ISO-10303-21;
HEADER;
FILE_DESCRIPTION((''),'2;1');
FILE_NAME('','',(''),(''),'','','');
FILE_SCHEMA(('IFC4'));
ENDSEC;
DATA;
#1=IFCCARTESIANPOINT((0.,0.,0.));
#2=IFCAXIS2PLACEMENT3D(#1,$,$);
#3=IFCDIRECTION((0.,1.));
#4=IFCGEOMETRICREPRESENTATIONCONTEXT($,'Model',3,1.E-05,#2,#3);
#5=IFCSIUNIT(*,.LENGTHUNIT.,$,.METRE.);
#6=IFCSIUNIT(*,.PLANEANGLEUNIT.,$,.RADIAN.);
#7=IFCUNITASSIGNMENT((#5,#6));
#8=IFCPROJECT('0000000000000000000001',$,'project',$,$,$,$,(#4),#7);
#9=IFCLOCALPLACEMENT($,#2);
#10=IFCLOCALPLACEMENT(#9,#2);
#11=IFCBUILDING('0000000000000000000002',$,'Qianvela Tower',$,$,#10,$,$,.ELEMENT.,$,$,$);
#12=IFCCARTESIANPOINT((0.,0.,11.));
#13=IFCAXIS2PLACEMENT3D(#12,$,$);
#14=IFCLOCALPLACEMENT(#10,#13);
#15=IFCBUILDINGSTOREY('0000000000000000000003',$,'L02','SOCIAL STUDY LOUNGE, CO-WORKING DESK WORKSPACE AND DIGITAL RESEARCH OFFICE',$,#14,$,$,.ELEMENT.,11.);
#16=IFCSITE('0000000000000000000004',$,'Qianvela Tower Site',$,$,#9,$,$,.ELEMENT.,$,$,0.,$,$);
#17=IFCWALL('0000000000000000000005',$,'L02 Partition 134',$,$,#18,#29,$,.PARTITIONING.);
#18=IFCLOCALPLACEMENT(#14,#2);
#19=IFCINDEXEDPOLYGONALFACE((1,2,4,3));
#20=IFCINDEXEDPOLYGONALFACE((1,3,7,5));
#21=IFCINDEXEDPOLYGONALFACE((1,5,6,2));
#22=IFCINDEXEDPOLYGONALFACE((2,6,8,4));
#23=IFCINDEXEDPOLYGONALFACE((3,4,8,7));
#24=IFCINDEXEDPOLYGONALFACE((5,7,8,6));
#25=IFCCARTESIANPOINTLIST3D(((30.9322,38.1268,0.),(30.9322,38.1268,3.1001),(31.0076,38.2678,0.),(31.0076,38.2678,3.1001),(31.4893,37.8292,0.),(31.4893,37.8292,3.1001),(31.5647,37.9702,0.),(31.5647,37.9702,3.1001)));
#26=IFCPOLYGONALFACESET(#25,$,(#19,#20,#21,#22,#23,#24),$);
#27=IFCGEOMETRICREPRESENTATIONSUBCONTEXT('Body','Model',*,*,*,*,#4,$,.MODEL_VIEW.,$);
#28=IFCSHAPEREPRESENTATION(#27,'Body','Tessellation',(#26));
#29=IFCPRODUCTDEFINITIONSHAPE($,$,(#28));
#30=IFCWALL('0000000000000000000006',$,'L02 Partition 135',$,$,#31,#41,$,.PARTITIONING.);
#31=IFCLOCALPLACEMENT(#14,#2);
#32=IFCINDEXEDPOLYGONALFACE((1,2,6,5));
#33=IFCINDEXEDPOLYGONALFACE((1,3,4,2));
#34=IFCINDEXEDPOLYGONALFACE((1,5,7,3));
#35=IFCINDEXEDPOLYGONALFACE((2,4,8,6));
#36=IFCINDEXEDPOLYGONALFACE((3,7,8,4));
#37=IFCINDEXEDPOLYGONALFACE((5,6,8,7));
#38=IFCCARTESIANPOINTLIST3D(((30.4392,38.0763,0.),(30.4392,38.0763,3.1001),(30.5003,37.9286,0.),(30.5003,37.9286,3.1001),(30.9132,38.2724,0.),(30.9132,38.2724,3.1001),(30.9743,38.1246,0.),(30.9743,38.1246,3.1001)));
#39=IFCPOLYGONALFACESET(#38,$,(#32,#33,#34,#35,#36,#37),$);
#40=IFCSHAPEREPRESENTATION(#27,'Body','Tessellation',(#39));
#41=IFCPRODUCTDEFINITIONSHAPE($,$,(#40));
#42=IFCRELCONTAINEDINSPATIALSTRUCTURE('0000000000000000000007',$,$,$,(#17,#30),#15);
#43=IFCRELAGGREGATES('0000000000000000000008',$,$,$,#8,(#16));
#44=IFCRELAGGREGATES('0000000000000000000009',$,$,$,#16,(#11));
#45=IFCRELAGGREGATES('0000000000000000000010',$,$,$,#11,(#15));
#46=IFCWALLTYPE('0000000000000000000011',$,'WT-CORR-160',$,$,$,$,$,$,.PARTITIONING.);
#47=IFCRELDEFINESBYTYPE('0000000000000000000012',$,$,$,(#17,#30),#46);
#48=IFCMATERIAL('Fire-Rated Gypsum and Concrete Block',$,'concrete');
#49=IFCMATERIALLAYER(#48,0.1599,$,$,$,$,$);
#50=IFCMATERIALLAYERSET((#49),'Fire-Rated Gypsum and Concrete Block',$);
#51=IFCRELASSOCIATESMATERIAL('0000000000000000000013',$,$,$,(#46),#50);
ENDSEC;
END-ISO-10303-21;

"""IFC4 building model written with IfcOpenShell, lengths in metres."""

from ifc_helpers import new_model, si_unit, direction, frame, frame_2d, origin, place, context, subcontext, project, spatial, rectangle, extrude, material, layer, layer_set, type_object, element, save


model = new_model("IFC4")

# Units and contexts
model_context = context("Model", 3, precision=1e-05, world=origin(), true_north=direction((0.0, 1.0)))
body_context = subcontext(model_context, "Body", "Model", "MODEL_VIEW")
ifc_project = project(units=[si_unit("LENGTHUNIT", "METRE"), si_unit("PLANEANGLEUNIT", "RADIAN")], contexts=[model_context])

# Site, building, storey
site_placement = place(None, origin())
site = spatial("IfcSite", under=ifc_project, at=site_placement, Name="Qianvela Tower Site", CompositionType="ELEMENT", RefElevation=0.0)
building_placement = place(site_placement, origin())
building = spatial("IfcBuilding", under=site, at=building_placement, Name="Qianvela Tower", CompositionType="ELEMENT")
storey_placement = place(building_placement, frame((0.0, 0.0, 11.0)))
storey = spatial("IfcBuildingStorey", under=building, at=storey_placement, Name="L02", Description="SOCIAL STUDY LOUNGE, CO-WORKING DESK WORKSPACE AND DIGITAL RESEARCH OFFICE", CompositionType="ELEMENT", Elevation=11.0)

# Shared definitions
ifc_material_1 = material(Name="Fire-Rated Gypsum and Concrete Block", Category="concrete")
ifc_layer_1 = layer(ifc_material_1, 0.1599)
ifc_layer_set_1 = layer_set([ifc_layer_1], Name="Fire-Rated Gypsum and Concrete Block")
wall_type = type_object("IfcWallType", Name="WT-CORR-160", PredefinedType="PARTITIONING", material=ifc_layer_set_1)

# Walls
wall_1_placement = place(storey_placement, frame((31.5271, 37.8997, 0.0), z_axis=(0.0, 0.0, 1.0), x_axis=(-0.882042, 0.47117, 0.0)))
element("IfcWall", 1, at=wall_1_placement, inside=storey, type_object=wall_type, Name="L02 Partition 134", PredefinedType="PARTITIONING", context=body_context, shape_type="SweptSolid", body=[
    extrude(rectangle(XDim=0.6316, YDim=0.1599, at=frame_2d((0.3159, 0.0))), origin(), (0.0, 0.0, 1.0), 3.1001),
])
wall_2_placement = place(storey_placement, frame((30.9436, 38.1985, 0.0), z_axis=(0.0, 0.0, 1.0), x_axis=(-0.924046, -0.382282, 0.0)))
element("IfcWall", 2, at=wall_2_placement, inside=storey, type_object=wall_type, Name="L02 Partition 135", PredefinedType="PARTITIONING", context=body_context, shape_type="SweptSolid", body=[
    extrude(rectangle(XDim=0.5129, YDim=0.1599, at=frame_2d((0.2563, 0.0))), origin(), (0.0, 0.0, 1.0), 3.1001),
])

save(model, "model.ifc")
